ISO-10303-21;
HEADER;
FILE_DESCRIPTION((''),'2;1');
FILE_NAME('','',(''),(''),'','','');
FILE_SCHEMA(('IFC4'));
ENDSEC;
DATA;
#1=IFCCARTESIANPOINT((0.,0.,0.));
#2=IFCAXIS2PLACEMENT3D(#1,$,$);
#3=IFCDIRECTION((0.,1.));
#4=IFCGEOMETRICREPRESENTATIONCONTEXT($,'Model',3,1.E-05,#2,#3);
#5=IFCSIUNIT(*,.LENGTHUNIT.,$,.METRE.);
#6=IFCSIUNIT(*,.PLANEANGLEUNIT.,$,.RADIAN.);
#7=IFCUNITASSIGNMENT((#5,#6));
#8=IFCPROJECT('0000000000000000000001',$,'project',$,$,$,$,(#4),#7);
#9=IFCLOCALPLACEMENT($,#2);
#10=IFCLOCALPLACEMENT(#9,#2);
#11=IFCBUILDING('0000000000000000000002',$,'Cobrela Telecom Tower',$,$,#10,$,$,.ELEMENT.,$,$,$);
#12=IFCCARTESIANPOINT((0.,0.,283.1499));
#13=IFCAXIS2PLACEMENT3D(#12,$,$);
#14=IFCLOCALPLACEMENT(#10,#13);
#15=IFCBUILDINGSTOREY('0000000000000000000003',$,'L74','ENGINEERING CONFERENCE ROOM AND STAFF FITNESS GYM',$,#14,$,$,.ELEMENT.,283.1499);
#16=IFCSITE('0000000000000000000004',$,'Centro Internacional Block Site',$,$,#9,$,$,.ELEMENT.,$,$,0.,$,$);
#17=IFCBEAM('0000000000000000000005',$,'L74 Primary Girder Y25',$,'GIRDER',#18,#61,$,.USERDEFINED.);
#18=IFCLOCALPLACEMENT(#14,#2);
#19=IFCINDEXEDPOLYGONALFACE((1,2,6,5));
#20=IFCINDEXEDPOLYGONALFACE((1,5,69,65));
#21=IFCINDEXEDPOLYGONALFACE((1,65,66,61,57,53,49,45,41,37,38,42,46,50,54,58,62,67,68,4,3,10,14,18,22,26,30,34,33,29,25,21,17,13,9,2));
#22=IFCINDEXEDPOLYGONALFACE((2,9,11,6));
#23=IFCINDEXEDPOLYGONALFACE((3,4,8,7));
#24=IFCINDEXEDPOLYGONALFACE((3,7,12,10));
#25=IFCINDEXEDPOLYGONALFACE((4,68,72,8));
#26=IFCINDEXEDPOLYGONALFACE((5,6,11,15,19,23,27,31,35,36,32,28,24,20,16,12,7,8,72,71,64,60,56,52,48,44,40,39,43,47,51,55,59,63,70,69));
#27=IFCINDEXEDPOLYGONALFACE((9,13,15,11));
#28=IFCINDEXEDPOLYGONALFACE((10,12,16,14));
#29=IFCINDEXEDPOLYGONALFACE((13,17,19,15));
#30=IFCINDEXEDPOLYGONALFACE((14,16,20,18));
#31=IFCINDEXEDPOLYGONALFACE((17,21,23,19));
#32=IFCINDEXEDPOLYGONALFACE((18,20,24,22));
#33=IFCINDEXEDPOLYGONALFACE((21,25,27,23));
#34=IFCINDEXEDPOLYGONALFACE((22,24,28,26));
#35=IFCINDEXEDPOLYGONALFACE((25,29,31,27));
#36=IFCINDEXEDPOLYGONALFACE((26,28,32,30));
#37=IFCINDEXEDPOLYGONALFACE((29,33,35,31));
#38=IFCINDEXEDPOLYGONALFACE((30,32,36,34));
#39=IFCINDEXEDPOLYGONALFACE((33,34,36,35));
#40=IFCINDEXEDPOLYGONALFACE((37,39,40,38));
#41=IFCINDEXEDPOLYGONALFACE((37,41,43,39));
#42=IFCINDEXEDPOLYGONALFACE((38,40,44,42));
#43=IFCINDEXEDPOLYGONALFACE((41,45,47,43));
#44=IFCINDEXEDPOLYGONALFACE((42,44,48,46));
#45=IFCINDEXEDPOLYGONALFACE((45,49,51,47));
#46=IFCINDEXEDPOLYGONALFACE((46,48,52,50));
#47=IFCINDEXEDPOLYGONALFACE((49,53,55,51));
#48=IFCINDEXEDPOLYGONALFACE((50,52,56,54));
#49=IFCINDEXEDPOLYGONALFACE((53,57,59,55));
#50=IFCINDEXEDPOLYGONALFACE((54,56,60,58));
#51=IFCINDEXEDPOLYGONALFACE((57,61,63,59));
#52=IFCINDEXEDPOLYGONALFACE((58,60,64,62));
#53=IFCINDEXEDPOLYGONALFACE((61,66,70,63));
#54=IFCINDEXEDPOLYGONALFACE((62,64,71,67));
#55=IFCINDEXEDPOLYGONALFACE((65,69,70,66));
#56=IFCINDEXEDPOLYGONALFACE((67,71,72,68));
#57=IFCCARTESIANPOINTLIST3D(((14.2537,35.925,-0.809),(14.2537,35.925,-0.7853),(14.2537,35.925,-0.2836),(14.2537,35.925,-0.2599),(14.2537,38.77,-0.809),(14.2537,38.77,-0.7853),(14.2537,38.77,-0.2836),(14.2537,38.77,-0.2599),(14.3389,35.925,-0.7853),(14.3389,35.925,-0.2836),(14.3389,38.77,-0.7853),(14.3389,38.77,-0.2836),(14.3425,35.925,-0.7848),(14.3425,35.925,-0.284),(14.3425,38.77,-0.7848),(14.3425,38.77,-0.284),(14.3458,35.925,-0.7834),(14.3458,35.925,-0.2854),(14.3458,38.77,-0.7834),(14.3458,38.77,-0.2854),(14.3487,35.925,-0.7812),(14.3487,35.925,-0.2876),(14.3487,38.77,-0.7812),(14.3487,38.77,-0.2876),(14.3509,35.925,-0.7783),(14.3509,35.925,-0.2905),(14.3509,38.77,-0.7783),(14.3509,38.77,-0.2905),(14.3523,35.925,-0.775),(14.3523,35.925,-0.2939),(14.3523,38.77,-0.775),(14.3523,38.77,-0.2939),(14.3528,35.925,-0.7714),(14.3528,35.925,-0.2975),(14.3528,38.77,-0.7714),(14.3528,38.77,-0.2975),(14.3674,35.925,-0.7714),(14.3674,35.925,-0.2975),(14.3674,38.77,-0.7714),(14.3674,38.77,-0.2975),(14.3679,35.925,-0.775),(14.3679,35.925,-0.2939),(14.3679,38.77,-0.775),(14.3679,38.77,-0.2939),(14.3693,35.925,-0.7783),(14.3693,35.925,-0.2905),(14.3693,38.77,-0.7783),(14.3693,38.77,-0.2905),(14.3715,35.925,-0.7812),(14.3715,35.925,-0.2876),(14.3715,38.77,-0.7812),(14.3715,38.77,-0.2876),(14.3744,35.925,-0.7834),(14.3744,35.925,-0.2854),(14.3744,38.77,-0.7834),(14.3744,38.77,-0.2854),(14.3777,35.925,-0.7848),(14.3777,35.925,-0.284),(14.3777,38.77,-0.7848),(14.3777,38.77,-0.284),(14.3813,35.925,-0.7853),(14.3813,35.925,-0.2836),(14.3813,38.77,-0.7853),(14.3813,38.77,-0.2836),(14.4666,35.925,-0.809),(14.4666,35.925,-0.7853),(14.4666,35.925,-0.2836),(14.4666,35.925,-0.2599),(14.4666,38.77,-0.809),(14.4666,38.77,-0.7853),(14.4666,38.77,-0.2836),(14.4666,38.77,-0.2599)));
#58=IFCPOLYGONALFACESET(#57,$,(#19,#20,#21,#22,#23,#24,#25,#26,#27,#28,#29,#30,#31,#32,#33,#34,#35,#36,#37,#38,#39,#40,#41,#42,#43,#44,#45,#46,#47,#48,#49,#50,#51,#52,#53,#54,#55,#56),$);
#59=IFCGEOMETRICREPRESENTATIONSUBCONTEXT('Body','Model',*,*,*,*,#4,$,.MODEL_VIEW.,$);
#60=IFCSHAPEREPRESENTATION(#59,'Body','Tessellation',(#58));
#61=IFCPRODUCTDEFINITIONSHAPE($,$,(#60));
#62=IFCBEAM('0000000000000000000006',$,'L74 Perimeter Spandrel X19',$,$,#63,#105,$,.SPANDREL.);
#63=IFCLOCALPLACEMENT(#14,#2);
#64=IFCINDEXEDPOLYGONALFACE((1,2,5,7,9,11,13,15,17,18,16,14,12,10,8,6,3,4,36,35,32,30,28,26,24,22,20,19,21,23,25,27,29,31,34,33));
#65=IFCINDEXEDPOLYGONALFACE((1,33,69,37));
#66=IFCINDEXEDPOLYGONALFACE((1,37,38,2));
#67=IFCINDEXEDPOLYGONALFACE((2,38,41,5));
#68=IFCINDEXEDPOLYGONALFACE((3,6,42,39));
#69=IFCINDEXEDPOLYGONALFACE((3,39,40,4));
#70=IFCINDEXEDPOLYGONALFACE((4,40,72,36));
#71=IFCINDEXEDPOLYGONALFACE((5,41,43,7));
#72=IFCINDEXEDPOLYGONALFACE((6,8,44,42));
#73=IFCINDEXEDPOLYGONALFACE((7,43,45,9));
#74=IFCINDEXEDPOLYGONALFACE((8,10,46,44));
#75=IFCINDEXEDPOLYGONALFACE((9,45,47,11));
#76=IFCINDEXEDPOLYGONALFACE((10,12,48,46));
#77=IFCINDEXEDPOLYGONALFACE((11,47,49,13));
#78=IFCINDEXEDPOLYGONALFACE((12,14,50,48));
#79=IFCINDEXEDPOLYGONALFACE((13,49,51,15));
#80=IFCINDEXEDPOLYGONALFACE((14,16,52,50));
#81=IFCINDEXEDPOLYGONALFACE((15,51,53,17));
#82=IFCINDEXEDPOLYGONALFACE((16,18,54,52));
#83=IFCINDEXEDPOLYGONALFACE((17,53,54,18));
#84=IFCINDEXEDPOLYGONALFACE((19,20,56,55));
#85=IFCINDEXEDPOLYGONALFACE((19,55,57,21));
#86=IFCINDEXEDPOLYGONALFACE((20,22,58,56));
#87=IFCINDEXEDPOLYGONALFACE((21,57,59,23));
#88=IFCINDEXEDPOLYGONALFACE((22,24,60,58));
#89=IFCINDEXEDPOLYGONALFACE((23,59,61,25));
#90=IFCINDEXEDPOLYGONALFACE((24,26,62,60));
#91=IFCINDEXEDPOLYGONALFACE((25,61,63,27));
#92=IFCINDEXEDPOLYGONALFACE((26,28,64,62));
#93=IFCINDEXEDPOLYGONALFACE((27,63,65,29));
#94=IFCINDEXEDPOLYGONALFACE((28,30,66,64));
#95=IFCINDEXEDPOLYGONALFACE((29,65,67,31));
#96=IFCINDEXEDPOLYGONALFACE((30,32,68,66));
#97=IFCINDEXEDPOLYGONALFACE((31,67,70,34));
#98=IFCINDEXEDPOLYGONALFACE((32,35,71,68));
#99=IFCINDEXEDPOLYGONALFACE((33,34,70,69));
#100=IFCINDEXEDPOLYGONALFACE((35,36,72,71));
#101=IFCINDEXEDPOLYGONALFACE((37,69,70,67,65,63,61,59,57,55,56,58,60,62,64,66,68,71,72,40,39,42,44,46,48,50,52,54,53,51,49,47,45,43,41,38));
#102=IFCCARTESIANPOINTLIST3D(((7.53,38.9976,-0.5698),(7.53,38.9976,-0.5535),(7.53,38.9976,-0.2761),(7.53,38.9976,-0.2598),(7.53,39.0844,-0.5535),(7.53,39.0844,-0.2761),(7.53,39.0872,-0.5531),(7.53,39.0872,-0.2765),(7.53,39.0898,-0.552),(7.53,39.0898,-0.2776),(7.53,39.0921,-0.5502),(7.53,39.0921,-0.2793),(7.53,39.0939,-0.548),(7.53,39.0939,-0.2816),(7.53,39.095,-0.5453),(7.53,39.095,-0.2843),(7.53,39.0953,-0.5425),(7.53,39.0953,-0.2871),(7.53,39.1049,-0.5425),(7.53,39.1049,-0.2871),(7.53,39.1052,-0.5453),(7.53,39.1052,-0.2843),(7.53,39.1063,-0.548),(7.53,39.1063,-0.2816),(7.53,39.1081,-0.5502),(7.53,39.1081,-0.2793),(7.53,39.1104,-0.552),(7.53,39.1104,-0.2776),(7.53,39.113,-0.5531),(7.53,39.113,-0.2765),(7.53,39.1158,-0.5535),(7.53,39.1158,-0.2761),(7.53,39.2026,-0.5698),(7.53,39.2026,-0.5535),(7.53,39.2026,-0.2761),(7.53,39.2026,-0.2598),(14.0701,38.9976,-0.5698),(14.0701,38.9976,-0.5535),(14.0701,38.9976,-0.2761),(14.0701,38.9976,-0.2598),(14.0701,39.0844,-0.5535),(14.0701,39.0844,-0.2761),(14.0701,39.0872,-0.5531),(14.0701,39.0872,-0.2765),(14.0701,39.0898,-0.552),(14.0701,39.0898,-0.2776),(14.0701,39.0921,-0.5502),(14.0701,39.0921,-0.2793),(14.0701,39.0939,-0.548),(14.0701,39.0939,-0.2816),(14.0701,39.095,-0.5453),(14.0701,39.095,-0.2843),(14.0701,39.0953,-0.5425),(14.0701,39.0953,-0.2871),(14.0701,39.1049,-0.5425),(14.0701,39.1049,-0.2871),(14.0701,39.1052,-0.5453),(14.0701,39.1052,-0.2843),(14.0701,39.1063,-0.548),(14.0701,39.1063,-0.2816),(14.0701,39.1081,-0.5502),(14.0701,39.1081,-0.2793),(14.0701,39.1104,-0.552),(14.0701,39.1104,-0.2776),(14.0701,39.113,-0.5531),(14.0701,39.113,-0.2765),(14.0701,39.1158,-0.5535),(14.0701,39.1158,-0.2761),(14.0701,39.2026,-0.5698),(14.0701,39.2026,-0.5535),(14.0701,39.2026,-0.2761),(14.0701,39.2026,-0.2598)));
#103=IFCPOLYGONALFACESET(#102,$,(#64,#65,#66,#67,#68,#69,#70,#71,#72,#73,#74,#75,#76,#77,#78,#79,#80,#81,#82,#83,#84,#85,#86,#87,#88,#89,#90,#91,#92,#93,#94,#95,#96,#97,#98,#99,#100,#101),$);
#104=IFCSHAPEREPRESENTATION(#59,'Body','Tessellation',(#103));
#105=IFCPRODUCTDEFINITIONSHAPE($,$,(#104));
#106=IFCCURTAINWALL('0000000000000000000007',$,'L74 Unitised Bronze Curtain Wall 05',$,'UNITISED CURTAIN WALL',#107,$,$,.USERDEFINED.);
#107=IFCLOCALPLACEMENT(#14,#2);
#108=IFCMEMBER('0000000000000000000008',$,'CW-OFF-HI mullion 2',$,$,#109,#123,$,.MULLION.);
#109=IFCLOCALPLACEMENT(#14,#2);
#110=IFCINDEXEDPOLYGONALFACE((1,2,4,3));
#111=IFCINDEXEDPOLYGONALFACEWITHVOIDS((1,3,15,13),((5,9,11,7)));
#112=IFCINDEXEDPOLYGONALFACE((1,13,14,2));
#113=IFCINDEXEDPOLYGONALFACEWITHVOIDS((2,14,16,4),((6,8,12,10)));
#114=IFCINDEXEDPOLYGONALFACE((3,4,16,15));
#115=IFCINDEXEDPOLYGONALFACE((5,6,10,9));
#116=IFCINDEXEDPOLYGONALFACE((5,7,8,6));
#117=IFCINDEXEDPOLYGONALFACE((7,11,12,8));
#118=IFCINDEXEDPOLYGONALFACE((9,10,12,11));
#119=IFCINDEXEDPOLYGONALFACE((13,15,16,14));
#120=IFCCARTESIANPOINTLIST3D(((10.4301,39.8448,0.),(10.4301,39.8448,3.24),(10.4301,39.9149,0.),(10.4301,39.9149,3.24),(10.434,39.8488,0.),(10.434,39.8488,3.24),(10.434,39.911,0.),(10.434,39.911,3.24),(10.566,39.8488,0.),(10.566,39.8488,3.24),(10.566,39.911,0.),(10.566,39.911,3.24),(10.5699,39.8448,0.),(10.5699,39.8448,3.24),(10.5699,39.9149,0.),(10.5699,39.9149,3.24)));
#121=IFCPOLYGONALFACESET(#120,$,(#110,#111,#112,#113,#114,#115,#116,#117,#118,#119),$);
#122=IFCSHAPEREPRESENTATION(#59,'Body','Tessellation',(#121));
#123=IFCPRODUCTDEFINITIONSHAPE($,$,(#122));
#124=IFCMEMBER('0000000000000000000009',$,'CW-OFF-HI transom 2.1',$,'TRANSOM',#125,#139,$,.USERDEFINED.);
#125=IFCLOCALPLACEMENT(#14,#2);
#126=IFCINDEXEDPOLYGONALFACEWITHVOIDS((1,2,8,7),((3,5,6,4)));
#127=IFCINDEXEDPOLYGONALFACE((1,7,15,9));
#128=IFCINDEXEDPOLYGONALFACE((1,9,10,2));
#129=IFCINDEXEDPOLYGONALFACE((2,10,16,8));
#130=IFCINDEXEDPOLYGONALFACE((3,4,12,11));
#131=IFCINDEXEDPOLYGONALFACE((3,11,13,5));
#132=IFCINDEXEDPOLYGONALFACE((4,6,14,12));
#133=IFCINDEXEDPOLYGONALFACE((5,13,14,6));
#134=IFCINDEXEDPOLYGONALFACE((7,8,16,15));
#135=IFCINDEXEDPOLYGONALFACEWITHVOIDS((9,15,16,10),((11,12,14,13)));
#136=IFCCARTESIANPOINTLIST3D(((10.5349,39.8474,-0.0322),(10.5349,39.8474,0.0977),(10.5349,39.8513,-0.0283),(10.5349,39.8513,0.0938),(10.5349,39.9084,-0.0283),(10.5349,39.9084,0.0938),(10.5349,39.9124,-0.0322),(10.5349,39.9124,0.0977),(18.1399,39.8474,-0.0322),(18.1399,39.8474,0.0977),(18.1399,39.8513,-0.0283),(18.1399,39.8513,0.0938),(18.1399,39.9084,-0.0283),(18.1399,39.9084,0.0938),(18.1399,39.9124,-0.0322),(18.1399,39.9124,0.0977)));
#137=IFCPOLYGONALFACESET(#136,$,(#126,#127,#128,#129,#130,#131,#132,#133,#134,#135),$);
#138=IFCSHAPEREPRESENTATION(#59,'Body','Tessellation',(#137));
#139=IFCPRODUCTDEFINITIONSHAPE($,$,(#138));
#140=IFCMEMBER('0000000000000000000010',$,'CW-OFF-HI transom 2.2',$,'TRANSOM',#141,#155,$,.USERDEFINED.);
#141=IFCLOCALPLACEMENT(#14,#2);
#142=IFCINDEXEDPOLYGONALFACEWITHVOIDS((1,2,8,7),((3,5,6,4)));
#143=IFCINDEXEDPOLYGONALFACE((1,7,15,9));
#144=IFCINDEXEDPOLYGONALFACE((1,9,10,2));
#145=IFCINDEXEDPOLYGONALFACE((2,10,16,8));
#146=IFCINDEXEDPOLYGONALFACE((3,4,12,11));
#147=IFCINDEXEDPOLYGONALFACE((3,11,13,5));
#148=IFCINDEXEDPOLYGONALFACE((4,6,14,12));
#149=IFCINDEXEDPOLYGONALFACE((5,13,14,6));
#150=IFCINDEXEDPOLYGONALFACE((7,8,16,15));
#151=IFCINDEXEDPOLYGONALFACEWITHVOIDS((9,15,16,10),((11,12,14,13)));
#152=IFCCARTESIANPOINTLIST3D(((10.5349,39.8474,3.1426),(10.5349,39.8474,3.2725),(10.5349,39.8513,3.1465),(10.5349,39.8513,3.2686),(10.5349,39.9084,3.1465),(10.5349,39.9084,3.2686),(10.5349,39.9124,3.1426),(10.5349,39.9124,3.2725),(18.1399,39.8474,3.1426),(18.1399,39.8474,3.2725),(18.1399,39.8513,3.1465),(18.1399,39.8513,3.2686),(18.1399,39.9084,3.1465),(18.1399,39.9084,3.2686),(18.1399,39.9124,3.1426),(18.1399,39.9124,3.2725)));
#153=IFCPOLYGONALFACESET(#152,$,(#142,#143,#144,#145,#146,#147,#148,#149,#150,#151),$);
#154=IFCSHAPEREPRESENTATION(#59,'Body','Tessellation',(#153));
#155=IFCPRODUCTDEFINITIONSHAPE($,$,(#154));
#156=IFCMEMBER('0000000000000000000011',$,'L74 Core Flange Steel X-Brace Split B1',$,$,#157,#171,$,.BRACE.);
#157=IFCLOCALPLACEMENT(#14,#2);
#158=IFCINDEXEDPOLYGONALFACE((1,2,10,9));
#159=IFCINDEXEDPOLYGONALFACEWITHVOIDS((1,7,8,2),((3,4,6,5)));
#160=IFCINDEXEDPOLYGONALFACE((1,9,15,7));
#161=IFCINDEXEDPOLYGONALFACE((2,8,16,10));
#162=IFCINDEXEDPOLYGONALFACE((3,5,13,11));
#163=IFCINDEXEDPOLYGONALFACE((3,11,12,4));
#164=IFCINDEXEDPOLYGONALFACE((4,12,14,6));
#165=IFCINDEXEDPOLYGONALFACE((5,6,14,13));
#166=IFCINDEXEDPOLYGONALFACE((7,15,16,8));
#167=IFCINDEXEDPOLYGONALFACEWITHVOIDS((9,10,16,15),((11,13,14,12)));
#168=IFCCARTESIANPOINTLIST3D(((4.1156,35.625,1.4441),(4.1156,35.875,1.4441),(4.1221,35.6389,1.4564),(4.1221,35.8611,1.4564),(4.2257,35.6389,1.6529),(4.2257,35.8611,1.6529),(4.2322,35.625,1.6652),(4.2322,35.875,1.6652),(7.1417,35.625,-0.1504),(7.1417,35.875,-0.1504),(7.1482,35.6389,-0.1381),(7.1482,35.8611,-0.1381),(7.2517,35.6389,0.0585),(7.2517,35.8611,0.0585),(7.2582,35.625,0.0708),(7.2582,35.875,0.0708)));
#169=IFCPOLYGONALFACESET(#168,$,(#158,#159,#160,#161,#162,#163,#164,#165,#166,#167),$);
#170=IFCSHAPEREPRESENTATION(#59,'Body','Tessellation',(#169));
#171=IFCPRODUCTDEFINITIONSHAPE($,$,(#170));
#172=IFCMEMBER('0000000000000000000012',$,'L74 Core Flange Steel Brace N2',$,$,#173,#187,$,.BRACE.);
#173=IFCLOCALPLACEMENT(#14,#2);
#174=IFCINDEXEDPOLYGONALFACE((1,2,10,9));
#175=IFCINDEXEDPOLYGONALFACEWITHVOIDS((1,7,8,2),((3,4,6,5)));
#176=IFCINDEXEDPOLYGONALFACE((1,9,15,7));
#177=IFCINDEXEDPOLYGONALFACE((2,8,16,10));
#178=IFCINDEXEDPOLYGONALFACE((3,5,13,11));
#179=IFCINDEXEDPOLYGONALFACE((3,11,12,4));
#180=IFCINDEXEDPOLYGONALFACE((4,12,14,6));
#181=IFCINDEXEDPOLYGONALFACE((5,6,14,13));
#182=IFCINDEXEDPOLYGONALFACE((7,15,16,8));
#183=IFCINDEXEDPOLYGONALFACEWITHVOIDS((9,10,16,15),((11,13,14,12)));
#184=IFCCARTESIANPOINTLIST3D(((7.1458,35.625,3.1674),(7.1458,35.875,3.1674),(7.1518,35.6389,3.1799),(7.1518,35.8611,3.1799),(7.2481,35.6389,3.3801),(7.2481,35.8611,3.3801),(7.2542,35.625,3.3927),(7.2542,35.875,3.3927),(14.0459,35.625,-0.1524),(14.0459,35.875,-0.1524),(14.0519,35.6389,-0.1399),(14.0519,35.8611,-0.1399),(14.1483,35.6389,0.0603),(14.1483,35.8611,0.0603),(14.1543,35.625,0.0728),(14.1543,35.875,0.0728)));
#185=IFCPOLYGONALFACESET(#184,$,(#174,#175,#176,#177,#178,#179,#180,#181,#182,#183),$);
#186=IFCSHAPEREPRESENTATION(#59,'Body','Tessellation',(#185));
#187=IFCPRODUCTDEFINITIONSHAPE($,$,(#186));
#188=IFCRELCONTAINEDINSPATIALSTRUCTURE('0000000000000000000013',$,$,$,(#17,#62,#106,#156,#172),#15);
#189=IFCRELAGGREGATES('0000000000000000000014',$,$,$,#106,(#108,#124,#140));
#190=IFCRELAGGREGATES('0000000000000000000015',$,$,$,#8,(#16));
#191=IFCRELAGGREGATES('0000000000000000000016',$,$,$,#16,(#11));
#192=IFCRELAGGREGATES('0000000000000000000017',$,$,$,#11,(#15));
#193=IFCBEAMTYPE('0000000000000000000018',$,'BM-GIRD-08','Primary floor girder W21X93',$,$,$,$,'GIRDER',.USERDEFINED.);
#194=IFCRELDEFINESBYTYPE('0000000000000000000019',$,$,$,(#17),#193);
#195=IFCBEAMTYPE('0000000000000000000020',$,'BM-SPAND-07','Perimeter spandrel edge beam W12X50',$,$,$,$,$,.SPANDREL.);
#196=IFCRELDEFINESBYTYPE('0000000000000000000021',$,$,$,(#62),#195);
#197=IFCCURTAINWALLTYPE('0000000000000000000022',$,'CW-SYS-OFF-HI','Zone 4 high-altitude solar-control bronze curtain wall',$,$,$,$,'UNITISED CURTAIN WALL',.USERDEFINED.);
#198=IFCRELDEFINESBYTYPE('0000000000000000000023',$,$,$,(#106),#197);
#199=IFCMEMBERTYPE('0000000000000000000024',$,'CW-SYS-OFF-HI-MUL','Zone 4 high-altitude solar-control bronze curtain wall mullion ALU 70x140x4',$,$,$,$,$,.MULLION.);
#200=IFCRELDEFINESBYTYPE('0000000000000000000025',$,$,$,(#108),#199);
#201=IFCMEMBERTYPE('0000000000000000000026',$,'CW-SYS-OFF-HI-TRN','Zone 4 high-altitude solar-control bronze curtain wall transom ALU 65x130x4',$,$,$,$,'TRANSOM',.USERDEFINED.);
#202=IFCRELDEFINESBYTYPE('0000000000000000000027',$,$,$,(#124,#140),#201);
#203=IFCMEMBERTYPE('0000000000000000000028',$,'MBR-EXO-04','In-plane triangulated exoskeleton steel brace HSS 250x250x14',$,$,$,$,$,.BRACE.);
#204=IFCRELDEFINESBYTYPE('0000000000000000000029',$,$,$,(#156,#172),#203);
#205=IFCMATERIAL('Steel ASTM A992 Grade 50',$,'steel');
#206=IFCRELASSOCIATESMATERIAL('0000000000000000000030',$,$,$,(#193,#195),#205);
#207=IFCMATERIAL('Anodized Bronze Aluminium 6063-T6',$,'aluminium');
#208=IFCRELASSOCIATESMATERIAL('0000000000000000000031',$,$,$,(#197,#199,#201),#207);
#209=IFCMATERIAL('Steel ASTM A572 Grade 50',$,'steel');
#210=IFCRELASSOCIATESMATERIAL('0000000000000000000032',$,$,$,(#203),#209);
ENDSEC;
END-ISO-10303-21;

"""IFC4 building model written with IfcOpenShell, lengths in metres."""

from ifc_helpers import new_model, si_unit, direction, frame, origin, origin_2d, place, context, subcontext, project, spatial, hollow_rectangle, i_section, extrude, material, material_profile, profile_set, type_object, element, aggregate, save


model = new_model("IFC4")

# Units and contexts
model_context = context("Model", 3, precision=1e-05, world=origin(), true_north=direction((0.0, 1.0)))
body_context = subcontext(model_context, "Body", "Model", "MODEL_VIEW")
ifc_project = project(units=[si_unit("LENGTHUNIT", "METRE"), si_unit("PLANEANGLEUNIT", "RADIAN")], contexts=[model_context])

# Site, building, storey
site_placement = place(None, origin())
site = spatial("IfcSite", under=ifc_project, at=site_placement, Name="Centro Internacional Block Site", CompositionType="ELEMENT", RefElevation=0.0)
building_placement = place(site_placement, origin())
building = spatial("IfcBuilding", under=site, at=building_placement, Name="Cobrela Telecom Tower", CompositionType="ELEMENT")
storey_placement = place(building_placement, frame((0.0, 0.0, 283.1499)))
storey = spatial("IfcBuildingStorey", under=building, at=storey_placement, Name="L74", Description="ENGINEERING CONFERENCE ROOM AND STAFF FITNESS GYM", CompositionType="ELEMENT", Elevation=283.1499)

# Shared definitions
ifc_material_1 = material(Name="Steel ASTM A572 Grade 50", Category="steel")

# Beams
ifc_material_2 = material(Name="Steel ASTM A992 Grade 50", Category="steel")
ifc_material_profile_1 = material_profile(ifc_material_2, i_section(OverallWidth=0.2129, OverallDepth=0.5491, WebThickness=0.0146, FlangeThickness=0.0237, FilletRadius=0.0139, at=origin_2d()), Name="W21X93")
ifc_profile_set_1 = profile_set([ifc_material_profile_1], Name="Steel ASTM A992 Grade 50")
beam_type_1 = type_object("IfcBeamType", Name="BM-GIRD-08", Description="Primary floor girder W21X93", ElementType="GIRDER", PredefinedType="USERDEFINED", material=ifc_profile_set_1)
for number, where, z_axis, x_axis, name in (
    (1, (14.3601, 35.925, -0.5344), (0.0, 1.0, 0.0), (-1.0, 0.0, 0.0), "L74 Primary Girder Y25"),
):
    element("IfcBeam", number, at=place(storey_placement, frame(where, z_axis=z_axis, x_axis=x_axis)), inside=storey, type_object=beam_type_1, Name=name, ObjectType="GIRDER", PredefinedType="USERDEFINED", context=body_context, shape_type="SweptSolid", body=[
        extrude(i_section(OverallWidth=0.2129, OverallDepth=0.5491, WebThickness=0.0146, FlangeThickness=0.0237, FilletRadius=0.0139, at=origin_2d()), origin(), (0.0, 0.0, 1.0), 2.845),
    ])
ifc_material_profile_2 = material_profile(ifc_material_2, i_section(OverallWidth=0.2051, OverallDepth=0.3101, WebThickness=0.0095, FlangeThickness=0.0164, FilletRadius=0.011, at=origin_2d()), Name="W12X50")
ifc_profile_set_2 = profile_set([ifc_material_profile_2], Name="Steel ASTM A992 Grade 50")
beam_type_2 = type_object("IfcBeamType", Name="BM-SPAND-07", Description="Perimeter spandrel edge beam W12X50", PredefinedType="SPANDREL", material=ifc_profile_set_2)
beam_1_placement = place(storey_placement, frame((7.53, 39.1001, -0.4148), z_axis=(1.0, 0.0, 0.0), x_axis=(0.0, 1.0, 0.0)))
element("IfcBeam", 2, at=beam_1_placement, inside=storey, type_object=beam_type_2, Name="L74 Perimeter Spandrel X19", PredefinedType="SPANDREL", context=body_context, shape_type="SweptSolid", body=[
    extrude(i_section(OverallWidth=0.2051, OverallDepth=0.3101, WebThickness=0.0095, FlangeThickness=0.0164, FilletRadius=0.011, at=origin_2d()), origin(), (0.0, 0.0, 1.0), 6.54),
])

# Curtain wall, members
ifc_material_3 = material(Name="Anodized Bronze Aluminium 6063-T6", Category="aluminium")
curtain_wall_type = type_object("IfcCurtainWallType", Name="CW-SYS-OFF-HI", Description="Zone 4 high-altitude solar-control bronze curtain wall", ElementType="UNITISED CURTAIN WALL", PredefinedType="USERDEFINED", material=ifc_material_3)
curtain_wall_placement = place(storey_placement, origin())
curtain_wall = element("IfcCurtainWall", 3, at=curtain_wall_placement, inside=storey, type_object=curtain_wall_type, Name="L74 Unitised Bronze Curtain Wall 05", ObjectType="UNITISED CURTAIN WALL", PredefinedType="USERDEFINED")
ifc_material_profile_3 = material_profile(ifc_material_3, hollow_rectangle(XDim=0.0701, YDim=0.1399, WallThickness=0.0039, at=origin_2d()), Name="ALU 70x140x4")
ifc_profile_set_3 = profile_set([ifc_material_profile_3], Name="Anodized Bronze Aluminium 6063-T6")
member_type_1 = type_object("IfcMemberType", Name="CW-SYS-OFF-HI-MUL", Description="Zone 4 high-altitude solar-control bronze curtain wall mullion ALU 70x140x4", PredefinedType="MULLION", material=ifc_profile_set_3)
member_1_placement = place(storey_placement, frame((10.5, 39.8799, 0.0), z_axis=(0.0, 0.0, 1.0), x_axis=(0.0, 1.0, 0.0)))
member_1 = element("IfcMember", 4, at=member_1_placement, type_object=member_type_1, Name="CW-OFF-HI mullion 2", PredefinedType="MULLION", context=body_context, shape_type="SweptSolid", body=[
    extrude(hollow_rectangle(XDim=0.0701, YDim=0.1399, WallThickness=0.0039, at=origin_2d()), origin(), (0.0, 0.0, 1.0), 3.24),
])
ifc_material_profile_4 = material_profile(ifc_material_3, hollow_rectangle(XDim=0.0649, YDim=0.1299, WallThickness=0.0039, at=origin_2d()), Name="ALU 65x130x4")
ifc_profile_set_4 = profile_set([ifc_material_profile_4], Name="Anodized Bronze Aluminium 6063-T6")
member_type_2 = type_object("IfcMemberType", Name="CW-SYS-OFF-HI-TRN", Description="Zone 4 high-altitude solar-control bronze curtain wall transom ALU 65x130x4", ElementType="TRANSOM", PredefinedType="USERDEFINED", material=ifc_profile_set_4)
member_2_placement = place(storey_placement, frame((10.5349, 39.8799, 0.0327), z_axis=(1.0, 0.0, 0.0), x_axis=(0.0, 1.0, 0.0)))
member_2 = element("IfcMember", 5, at=member_2_placement, type_object=member_type_2, Name="CW-OFF-HI transom 2.1", ObjectType="TRANSOM", PredefinedType="USERDEFINED", context=body_context, shape_type="SweptSolid", body=[
    extrude(hollow_rectangle(XDim=0.0649, YDim=0.1299, WallThickness=0.0039, at=origin_2d()), origin(), (0.0, 0.0, 1.0), 7.605),
])
member_3_placement = place(storey_placement, frame((10.5349, 39.8799, 3.2075), z_axis=(1.0, 0.0, 0.0), x_axis=(0.0, 1.0, 0.0)))
member_3 = element("IfcMember", 6, at=member_3_placement, type_object=member_type_2, Name="CW-OFF-HI transom 2.2", ObjectType="TRANSOM", PredefinedType="USERDEFINED", context=body_context, shape_type="SweptSolid", body=[
    extrude(hollow_rectangle(XDim=0.0649, YDim=0.1299, WallThickness=0.0039, at=origin_2d()), origin(), (0.0, 0.0, 1.0), 7.605),
])

# Members
ifc_material_profile_5 = material_profile(ifc_material_1, hollow_rectangle(XDim=0.25, YDim=0.25, WallThickness=0.0139, at=origin_2d()), Name="HSS 250x250x14")
ifc_profile_set_5 = profile_set([ifc_material_profile_5], Name="Steel ASTM A572 Grade 50")
member_type_3 = type_object("IfcMemberType", Name="MBR-EXO-04", Description="In-plane triangulated exoskeleton steel brace HSS 250x250x14", PredefinedType="BRACE", material=ifc_profile_set_5)
member_4_placement = place(storey_placement, frame((7.2, 35.75, -0.0398), z_axis=(-0.884703, 0.0, 0.466155), x_axis=(0.0, -1.0, 0.0)))
element("IfcMember", 7, at=member_4_placement, inside=storey, type_object=member_type_3, Name="L74 Core Flange Steel X-Brace Split B1", PredefinedType="BRACE", context=body_context, shape_type="SweptSolid", body=[
    extrude(hollow_rectangle(XDim=0.25, YDim=0.25, WallThickness=0.0139, at=origin_2d()), origin(), (0.0, 0.0, 1.0), 3.4204),
])
member_5_placement = place(storey_placement, frame((14.1001, 35.75, -0.0398), z_axis=(-0.901128, 0.0, 0.433554), x_axis=(0.0, -1.0, 0.0)))
element("IfcMember", 8, at=member_5_placement, inside=storey, type_object=member_type_3, Name="L74 Core Flange Steel Brace N2", PredefinedType="BRACE", context=body_context, shape_type="SweptSolid", body=[
    extrude(hollow_rectangle(XDim=0.25, YDim=0.25, WallThickness=0.0139, at=origin_2d()), origin(), (0.0, 0.0, 1.0), 7.6572),
])

aggregate(curtain_wall, [member_1, member_2, member_3])

save(model, "model.ifc")
